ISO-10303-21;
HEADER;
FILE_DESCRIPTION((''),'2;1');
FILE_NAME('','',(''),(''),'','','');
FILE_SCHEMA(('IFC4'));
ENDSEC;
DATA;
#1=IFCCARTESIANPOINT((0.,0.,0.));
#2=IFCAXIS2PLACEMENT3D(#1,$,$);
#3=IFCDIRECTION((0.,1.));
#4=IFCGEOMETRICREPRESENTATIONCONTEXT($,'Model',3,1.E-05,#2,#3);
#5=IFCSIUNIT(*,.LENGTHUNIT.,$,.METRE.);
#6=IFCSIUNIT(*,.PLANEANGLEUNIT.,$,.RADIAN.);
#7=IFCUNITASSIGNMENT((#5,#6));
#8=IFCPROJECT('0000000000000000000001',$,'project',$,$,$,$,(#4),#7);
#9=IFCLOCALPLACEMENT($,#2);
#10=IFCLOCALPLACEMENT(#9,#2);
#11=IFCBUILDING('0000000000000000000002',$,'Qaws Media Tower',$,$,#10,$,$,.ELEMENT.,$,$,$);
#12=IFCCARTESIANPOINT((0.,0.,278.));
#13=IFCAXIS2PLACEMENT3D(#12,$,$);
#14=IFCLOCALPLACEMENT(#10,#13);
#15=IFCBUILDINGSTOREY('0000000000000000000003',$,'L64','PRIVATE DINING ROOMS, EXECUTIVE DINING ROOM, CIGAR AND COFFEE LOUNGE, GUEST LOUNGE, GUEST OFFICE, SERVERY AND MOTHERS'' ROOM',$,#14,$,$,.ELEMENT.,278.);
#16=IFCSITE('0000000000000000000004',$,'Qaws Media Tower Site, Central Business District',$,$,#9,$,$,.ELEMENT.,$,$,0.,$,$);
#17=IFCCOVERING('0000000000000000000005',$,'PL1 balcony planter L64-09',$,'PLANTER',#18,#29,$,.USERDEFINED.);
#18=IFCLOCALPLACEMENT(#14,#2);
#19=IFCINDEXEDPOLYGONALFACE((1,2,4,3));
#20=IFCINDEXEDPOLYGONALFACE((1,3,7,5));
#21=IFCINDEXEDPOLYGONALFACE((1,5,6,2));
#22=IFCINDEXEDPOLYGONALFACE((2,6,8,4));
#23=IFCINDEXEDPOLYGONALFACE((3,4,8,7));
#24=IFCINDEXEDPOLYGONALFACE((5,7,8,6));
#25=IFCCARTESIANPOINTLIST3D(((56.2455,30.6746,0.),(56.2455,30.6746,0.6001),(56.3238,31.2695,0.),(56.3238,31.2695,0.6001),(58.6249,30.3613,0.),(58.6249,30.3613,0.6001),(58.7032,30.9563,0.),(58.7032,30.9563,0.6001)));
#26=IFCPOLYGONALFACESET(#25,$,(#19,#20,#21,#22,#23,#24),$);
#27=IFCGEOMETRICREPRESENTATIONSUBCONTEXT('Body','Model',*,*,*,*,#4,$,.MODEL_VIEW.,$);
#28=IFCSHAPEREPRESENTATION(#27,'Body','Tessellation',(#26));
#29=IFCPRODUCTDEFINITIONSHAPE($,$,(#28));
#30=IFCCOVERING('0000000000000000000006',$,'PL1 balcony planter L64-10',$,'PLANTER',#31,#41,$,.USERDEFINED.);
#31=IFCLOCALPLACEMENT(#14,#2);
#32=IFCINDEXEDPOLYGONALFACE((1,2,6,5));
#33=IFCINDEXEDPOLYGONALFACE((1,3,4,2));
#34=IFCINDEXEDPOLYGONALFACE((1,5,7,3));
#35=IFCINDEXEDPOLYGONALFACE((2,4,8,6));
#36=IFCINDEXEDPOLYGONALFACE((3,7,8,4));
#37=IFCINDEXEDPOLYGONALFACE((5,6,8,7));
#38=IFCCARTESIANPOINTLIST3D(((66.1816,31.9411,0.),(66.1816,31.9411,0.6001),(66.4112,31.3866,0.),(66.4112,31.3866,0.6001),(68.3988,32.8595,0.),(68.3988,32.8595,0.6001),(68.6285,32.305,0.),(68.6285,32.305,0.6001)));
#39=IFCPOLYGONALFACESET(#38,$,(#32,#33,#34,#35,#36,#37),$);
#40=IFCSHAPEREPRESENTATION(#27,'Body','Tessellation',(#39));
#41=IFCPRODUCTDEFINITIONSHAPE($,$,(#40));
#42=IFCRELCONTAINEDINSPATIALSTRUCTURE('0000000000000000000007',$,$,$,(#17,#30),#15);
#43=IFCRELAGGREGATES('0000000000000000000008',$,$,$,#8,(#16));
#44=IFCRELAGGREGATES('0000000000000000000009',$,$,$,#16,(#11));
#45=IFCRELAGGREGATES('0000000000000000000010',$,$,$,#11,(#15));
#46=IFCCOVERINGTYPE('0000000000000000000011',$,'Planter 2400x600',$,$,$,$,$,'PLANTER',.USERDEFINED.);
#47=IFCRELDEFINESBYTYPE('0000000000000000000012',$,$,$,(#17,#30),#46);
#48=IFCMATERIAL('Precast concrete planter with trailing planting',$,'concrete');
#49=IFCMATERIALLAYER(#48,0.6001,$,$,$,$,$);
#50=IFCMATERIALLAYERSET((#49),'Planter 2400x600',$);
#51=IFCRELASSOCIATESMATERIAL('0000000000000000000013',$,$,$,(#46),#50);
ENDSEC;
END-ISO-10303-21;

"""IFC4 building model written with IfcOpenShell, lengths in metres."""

from ifc_helpers import new_model, si_unit, direction, frame, origin, origin_2d, place, context, subcontext, project, spatial, rectangle, extrude, material, layer, layer_set, type_object, element, save


model = new_model("IFC4")

# Units and contexts
model_context = context("Model", 3, precision=1e-05, world=origin(), true_north=direction((0.0, 1.0)))
body_context = subcontext(model_context, "Body", "Model", "MODEL_VIEW")
ifc_project = project(units=[si_unit("LENGTHUNIT", "METRE"), si_unit("PLANEANGLEUNIT", "RADIAN")], contexts=[model_context])

# Site, building, storey
site_placement = place(None, origin())
site = spatial("IfcSite", under=ifc_project, at=site_placement, Name="Qaws Media Tower Site, Central Business District", CompositionType="ELEMENT", RefElevation=0.0)
building_placement = place(site_placement, origin())
building = spatial("IfcBuilding", under=site, at=building_placement, Name="Qaws Media Tower", CompositionType="ELEMENT")
storey_placement = place(building_placement, frame((0.0, 0.0, 278.0)))
storey = spatial("IfcBuildingStorey", under=building, at=storey_placement, Name="L64", Description="PRIVATE DINING ROOMS, EXECUTIVE DINING ROOM, CIGAR AND COFFEE LOUNGE, GUEST LOUNGE, GUEST OFFICE, SERVERY AND MOTHERS' ROOM", CompositionType="ELEMENT", Elevation=278.0)

# Coverings
ifc_material_1 = material(Name="Precast concrete planter with trailing planting", Category="concrete")
ifc_layer_1 = layer(ifc_material_1, 0.6001)
ifc_layer_set_1 = layer_set([ifc_layer_1], Name="Planter 2400x600")
covering_type = type_object("IfcCoveringType", Name="Planter 2400x600", ElementType="PLANTER", PredefinedType="USERDEFINED", material=ifc_layer_set_1)
for number, where, z_axis, x_axis, name in (
    (1, (57.4744, 30.8154, 0.0), (0.0, 0.0, 1.0), (0.991445, -0.130526, 0.0), "PL1 balcony planter L64-09"),
    (2, (67.405, 32.123, 0.0), (0.0, 0.0, 1.0), (0.92388, 0.382683, 0.0), "PL1 balcony planter L64-10"),
):
    element("IfcCovering", number, at=place(storey_placement, frame(where, z_axis=z_axis, x_axis=x_axis)), inside=storey, type_object=covering_type, Name=name, ObjectType="PLANTER", PredefinedType="USERDEFINED", context=body_context, shape_type="SweptSolid", body=[
        extrude(rectangle(XDim=2.3999, YDim=0.6001, at=origin_2d()), origin(), (0.0, 0.0, 1.0), 0.6001),
    ])

save(model, "model.ifc")
